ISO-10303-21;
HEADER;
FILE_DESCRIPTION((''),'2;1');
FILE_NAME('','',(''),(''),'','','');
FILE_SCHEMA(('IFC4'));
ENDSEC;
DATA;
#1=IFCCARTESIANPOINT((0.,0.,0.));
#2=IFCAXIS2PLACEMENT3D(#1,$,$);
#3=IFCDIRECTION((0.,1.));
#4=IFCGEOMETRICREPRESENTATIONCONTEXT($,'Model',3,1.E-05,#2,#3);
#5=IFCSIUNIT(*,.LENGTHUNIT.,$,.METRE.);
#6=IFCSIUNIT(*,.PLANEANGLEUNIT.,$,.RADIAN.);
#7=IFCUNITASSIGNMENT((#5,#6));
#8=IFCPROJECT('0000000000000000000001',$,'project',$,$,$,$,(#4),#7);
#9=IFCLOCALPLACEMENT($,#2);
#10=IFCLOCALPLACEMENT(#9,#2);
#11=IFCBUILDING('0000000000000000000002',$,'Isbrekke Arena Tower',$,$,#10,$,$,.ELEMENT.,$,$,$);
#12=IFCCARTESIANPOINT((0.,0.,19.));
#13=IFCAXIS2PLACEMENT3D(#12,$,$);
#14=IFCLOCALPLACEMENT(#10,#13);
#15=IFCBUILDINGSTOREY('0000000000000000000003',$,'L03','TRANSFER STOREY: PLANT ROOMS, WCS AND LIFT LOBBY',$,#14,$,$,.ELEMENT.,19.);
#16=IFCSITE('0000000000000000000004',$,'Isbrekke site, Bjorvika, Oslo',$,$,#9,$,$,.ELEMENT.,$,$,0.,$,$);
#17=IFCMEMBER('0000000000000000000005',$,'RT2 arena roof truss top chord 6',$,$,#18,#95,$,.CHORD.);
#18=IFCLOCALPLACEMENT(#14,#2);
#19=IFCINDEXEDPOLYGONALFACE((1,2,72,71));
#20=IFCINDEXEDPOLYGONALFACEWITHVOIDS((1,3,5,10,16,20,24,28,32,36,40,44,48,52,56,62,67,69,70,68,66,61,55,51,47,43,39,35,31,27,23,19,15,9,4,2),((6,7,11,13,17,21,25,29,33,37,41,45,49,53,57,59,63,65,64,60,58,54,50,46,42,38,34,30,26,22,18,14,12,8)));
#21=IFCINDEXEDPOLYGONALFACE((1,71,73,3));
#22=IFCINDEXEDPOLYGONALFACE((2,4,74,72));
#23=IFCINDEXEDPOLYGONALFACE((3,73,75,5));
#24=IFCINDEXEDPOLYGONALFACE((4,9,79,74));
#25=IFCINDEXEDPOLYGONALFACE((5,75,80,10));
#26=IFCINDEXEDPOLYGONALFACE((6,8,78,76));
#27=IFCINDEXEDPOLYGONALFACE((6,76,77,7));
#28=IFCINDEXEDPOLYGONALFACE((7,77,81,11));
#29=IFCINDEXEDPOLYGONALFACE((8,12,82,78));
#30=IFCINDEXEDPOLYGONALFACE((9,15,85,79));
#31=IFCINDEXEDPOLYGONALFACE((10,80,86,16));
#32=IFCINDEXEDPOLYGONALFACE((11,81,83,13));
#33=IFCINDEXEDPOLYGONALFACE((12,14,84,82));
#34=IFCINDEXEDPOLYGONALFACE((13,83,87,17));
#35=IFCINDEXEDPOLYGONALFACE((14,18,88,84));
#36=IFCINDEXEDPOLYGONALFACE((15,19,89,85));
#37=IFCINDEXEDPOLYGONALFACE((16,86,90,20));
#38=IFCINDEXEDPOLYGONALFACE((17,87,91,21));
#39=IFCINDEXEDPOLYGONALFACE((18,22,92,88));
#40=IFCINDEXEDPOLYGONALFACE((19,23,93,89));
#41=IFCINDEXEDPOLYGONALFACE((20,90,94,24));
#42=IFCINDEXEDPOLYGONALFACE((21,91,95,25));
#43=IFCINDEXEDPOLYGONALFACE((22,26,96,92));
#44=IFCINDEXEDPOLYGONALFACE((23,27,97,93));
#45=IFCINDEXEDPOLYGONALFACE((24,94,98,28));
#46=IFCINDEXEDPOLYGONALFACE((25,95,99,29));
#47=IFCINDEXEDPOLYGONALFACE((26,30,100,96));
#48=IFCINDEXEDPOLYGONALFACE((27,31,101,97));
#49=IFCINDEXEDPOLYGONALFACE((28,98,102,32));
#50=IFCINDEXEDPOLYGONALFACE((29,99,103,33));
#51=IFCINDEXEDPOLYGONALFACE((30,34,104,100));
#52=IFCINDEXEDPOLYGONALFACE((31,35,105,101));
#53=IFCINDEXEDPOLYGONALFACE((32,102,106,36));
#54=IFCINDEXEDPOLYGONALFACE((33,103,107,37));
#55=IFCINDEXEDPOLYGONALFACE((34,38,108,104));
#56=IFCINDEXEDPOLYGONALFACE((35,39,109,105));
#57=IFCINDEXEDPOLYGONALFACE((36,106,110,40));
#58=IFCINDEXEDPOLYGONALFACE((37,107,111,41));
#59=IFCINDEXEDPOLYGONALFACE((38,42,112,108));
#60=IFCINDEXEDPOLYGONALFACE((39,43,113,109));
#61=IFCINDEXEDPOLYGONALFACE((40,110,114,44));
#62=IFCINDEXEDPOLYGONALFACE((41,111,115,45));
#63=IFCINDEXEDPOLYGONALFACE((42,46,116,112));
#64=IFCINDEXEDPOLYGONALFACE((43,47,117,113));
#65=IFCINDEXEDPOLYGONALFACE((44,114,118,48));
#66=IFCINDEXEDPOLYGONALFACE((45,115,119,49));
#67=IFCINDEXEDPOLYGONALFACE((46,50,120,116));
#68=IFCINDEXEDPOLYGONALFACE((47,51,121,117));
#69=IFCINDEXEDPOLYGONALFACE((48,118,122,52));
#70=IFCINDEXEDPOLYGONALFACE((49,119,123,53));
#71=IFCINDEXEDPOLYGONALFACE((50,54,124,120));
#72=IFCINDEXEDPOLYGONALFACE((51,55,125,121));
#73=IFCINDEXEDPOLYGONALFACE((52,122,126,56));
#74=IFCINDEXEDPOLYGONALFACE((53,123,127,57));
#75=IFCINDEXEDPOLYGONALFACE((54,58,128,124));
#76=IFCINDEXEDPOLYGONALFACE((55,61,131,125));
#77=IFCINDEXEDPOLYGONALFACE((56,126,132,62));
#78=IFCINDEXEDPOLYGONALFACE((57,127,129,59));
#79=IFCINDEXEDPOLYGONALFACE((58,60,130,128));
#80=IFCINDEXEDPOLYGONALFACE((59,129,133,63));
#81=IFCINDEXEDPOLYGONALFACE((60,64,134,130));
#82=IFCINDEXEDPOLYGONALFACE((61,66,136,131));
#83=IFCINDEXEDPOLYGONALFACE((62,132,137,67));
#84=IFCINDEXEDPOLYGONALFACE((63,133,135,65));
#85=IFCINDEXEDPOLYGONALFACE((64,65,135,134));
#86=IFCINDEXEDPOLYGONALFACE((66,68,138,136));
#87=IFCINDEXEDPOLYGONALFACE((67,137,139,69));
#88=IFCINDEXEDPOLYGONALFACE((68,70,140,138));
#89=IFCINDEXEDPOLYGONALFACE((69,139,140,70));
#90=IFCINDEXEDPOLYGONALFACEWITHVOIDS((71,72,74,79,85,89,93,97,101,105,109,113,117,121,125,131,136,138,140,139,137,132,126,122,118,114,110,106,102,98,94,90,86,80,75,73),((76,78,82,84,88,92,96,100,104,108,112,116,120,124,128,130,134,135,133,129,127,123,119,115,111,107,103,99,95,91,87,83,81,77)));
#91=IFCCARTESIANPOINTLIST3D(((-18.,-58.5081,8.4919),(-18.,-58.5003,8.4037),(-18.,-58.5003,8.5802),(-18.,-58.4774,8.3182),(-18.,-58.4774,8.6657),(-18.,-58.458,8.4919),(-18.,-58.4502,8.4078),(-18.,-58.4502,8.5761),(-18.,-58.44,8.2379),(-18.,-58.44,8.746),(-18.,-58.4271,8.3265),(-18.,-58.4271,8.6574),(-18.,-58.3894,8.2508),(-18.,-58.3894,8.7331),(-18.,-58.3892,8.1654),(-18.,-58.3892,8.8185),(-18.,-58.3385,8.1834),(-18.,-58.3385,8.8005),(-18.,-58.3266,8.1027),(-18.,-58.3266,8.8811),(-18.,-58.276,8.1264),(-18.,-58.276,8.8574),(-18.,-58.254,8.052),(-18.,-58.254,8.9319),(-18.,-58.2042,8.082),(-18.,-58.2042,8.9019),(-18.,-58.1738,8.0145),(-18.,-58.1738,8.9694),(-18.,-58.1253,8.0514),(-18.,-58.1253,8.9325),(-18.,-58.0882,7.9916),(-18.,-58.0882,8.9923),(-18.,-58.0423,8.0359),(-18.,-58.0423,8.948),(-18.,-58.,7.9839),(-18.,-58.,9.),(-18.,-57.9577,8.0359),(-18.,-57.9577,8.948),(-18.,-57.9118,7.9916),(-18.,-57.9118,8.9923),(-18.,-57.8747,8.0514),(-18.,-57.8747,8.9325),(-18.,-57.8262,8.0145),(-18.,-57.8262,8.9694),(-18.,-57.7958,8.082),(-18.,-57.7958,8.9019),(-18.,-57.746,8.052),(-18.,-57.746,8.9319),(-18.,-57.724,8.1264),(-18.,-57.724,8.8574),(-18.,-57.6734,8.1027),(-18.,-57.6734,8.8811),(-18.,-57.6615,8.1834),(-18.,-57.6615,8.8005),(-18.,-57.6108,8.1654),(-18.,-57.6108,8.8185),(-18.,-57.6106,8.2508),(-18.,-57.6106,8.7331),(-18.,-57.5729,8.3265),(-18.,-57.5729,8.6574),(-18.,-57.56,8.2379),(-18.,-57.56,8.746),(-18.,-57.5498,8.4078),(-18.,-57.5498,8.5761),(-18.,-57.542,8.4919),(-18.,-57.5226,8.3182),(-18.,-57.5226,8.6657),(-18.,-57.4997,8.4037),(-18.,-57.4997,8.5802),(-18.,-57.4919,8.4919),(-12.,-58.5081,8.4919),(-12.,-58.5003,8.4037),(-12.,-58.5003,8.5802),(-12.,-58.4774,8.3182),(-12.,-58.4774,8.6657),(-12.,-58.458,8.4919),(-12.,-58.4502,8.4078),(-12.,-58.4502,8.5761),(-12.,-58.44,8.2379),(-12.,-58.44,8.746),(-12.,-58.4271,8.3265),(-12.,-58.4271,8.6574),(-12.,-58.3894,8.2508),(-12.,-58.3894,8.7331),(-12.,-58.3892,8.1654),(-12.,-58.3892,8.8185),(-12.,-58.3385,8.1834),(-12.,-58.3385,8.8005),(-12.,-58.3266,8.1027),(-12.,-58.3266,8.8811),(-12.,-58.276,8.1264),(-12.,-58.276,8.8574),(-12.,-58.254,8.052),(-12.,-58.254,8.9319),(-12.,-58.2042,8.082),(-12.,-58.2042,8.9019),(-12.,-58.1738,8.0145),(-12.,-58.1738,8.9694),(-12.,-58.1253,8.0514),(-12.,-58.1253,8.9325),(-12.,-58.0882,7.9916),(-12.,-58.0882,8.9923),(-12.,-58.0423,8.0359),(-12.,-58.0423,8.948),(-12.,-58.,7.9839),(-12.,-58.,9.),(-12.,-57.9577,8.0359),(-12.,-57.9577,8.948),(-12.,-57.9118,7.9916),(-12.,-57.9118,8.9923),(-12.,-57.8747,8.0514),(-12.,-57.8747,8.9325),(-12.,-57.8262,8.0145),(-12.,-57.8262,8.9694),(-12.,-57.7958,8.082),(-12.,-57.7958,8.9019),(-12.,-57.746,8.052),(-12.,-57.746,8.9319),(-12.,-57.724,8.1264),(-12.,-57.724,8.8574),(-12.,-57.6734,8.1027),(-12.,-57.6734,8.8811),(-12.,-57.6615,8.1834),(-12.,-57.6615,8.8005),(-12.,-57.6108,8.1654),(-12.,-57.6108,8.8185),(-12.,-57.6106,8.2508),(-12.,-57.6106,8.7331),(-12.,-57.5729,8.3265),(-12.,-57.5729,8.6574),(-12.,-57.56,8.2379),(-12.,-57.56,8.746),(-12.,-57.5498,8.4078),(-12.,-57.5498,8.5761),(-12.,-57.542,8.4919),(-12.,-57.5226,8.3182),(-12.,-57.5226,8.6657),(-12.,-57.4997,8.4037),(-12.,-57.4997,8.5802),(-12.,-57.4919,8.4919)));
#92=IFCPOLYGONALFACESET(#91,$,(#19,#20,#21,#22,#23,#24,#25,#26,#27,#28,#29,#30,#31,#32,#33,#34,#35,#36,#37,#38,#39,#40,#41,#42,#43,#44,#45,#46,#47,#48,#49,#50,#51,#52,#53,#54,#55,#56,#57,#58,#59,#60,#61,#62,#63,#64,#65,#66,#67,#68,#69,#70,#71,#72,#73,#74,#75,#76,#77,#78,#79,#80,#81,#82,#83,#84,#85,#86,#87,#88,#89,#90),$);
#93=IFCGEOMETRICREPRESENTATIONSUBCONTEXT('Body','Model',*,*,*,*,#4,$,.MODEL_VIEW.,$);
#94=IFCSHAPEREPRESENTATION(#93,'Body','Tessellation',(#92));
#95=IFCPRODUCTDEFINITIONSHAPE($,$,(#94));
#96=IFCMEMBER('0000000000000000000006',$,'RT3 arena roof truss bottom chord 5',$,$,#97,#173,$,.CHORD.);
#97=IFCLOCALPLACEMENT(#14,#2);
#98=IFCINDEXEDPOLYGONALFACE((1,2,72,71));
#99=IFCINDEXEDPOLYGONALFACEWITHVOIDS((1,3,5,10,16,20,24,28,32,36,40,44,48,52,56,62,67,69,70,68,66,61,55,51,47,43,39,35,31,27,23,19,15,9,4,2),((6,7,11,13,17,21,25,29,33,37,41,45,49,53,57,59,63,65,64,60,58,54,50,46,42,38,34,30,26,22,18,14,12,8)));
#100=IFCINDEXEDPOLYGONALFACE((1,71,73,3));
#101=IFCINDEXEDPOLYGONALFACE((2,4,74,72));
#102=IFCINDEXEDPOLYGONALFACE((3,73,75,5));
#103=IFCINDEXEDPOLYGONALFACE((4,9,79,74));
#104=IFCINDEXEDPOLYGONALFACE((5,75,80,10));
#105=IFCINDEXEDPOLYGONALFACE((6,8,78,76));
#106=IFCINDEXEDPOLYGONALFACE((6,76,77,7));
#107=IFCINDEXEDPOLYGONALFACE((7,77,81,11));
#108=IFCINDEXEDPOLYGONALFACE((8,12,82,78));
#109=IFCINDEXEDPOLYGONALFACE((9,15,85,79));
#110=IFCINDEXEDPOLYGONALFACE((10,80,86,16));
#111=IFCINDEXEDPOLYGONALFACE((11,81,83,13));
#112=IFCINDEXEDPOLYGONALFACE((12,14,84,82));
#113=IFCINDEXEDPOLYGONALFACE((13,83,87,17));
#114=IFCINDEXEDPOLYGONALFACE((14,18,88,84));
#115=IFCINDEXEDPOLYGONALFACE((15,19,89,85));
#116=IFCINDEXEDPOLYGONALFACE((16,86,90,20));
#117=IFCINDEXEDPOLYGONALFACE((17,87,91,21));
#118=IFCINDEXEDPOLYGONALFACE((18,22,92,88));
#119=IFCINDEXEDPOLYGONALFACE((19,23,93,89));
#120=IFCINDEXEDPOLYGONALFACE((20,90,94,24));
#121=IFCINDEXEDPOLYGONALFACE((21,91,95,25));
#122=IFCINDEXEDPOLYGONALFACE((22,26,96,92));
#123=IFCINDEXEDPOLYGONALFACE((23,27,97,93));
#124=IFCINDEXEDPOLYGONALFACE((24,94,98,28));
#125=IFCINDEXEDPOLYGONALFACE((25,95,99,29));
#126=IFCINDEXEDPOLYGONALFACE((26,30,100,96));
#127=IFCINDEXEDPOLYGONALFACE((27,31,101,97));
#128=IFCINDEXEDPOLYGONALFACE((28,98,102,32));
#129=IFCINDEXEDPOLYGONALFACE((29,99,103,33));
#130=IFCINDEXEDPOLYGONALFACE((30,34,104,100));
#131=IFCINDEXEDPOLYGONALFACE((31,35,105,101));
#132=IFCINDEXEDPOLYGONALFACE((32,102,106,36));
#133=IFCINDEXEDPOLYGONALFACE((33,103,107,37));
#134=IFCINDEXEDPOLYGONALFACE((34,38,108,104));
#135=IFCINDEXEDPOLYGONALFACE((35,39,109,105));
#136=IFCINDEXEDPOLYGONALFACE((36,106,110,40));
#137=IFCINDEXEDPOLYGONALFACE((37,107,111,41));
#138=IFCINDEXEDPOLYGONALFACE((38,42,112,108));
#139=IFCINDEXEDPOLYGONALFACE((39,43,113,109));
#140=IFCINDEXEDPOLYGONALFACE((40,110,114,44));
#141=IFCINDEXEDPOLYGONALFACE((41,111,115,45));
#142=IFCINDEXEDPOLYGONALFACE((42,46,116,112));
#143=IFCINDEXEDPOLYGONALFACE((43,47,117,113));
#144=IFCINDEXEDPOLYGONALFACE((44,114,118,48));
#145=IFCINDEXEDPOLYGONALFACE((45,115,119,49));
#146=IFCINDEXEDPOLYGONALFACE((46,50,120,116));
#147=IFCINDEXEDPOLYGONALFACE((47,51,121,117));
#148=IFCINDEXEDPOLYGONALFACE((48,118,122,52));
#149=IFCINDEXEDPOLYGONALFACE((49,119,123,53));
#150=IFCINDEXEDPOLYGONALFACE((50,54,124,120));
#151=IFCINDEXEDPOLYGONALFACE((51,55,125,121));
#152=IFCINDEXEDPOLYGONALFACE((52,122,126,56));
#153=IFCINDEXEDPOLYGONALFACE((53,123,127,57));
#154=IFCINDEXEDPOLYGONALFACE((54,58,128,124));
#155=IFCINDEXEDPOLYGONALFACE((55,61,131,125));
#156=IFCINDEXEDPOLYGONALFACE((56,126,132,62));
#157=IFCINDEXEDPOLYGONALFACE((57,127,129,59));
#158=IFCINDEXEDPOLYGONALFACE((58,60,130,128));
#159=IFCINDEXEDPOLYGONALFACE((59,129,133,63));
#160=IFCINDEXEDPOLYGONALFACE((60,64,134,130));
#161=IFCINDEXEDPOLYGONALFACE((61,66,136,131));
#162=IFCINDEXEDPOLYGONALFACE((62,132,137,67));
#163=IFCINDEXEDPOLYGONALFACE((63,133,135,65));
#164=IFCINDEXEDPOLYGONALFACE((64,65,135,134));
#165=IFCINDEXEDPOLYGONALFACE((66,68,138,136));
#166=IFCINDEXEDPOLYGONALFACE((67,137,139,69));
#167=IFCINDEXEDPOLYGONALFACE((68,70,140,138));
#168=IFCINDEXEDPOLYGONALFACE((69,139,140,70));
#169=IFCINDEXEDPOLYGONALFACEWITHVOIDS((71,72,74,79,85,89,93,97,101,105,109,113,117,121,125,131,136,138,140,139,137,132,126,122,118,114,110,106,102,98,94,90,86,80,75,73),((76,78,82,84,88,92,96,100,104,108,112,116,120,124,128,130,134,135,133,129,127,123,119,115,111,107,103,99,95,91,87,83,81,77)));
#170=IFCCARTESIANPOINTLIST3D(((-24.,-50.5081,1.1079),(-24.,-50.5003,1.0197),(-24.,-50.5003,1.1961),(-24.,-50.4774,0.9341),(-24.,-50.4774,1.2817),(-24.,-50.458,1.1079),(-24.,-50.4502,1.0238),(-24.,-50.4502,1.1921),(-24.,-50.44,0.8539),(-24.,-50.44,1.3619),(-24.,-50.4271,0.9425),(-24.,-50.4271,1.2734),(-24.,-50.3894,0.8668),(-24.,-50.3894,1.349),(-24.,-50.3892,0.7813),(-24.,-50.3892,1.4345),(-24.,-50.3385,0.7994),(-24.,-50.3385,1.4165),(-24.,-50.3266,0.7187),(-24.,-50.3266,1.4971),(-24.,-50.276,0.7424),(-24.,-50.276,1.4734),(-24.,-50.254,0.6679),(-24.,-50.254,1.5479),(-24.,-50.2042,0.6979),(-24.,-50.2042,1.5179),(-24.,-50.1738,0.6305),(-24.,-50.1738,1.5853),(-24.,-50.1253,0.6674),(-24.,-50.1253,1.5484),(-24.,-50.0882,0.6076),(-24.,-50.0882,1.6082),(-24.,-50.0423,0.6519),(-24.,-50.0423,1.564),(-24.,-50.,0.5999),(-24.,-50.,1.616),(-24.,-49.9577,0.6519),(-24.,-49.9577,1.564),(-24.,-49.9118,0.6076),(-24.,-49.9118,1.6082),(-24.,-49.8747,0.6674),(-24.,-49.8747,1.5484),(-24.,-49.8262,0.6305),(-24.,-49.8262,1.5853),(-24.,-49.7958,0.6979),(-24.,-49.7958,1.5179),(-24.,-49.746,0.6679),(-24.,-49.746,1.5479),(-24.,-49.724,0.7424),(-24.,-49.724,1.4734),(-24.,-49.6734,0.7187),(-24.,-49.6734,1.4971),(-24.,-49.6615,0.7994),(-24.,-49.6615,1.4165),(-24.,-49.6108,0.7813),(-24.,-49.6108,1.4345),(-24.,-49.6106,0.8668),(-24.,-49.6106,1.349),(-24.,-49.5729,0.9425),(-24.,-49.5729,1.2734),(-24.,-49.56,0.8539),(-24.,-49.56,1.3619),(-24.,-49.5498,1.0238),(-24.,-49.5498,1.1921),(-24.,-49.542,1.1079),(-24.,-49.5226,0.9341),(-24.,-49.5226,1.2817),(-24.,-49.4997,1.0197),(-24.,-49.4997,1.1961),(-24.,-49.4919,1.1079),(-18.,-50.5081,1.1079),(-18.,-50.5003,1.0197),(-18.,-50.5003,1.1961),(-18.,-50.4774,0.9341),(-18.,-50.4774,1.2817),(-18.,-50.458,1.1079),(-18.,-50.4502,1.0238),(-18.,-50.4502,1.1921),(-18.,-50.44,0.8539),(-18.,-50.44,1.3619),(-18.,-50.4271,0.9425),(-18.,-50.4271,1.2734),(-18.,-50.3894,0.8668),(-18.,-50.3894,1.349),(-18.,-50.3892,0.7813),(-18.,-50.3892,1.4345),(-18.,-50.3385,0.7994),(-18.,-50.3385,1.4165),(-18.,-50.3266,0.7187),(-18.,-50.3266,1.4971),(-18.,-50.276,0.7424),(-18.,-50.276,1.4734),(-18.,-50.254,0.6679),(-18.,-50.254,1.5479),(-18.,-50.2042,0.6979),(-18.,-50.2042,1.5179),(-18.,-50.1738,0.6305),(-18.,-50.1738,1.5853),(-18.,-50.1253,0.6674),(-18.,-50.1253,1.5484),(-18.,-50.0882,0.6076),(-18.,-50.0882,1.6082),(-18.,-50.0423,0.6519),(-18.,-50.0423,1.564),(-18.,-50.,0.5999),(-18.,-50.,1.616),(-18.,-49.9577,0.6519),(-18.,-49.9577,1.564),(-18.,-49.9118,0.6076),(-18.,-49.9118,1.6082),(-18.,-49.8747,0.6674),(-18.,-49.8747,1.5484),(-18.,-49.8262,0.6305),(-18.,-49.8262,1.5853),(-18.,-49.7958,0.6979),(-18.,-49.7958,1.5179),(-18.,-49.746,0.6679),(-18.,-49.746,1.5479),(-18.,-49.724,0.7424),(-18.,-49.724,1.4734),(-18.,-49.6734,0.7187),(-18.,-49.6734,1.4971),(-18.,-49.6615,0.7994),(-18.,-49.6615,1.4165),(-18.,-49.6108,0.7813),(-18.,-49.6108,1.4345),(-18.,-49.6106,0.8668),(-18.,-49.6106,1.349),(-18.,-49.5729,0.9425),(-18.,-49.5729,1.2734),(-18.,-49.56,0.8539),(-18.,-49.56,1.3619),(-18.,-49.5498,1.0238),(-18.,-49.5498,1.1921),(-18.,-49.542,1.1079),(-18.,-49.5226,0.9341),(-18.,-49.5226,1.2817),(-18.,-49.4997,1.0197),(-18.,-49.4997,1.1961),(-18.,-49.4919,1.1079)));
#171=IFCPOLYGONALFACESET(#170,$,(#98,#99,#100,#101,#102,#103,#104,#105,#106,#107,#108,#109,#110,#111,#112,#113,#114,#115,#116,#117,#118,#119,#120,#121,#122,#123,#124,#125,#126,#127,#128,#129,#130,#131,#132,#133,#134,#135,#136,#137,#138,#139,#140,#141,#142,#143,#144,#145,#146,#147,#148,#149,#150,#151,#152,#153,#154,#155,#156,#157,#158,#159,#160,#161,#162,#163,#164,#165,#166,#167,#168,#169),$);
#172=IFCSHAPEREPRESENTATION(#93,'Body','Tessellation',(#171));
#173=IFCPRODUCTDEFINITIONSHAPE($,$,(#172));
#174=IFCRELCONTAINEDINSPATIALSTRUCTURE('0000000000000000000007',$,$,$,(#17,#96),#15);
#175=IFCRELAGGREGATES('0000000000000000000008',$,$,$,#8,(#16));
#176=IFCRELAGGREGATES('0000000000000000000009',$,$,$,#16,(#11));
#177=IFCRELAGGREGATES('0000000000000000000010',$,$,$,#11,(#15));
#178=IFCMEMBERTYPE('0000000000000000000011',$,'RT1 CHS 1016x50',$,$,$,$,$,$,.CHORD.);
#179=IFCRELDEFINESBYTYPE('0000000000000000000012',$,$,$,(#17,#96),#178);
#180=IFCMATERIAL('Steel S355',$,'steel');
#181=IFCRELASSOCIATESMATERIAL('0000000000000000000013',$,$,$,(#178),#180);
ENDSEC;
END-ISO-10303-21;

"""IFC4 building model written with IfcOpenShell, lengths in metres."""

from ifc_helpers import new_model, si_unit, direction, frame, origin, origin_2d, place, context, subcontext, project, spatial, hollow_circle, extrude, material, material_profile, profile_set, type_object, element, save


model = new_model("IFC4")

# Units and contexts
model_context = context("Model", 3, precision=1e-05, world=origin(), true_north=direction((0.0, 1.0)))
body_context = subcontext(model_context, "Body", "Model", "MODEL_VIEW")
ifc_project = project(units=[si_unit("LENGTHUNIT", "METRE"), si_unit("PLANEANGLEUNIT", "RADIAN")], contexts=[model_context])

# Site, building, storey
site_placement = place(None, origin())
site = spatial("IfcSite", under=ifc_project, at=site_placement, Name="Isbrekke site, Bjorvika, Oslo", CompositionType="ELEMENT", RefElevation=0.0)
building_placement = place(site_placement, origin())
building = spatial("IfcBuilding", under=site, at=building_placement, Name="Isbrekke Arena Tower", CompositionType="ELEMENT")
storey_placement = place(building_placement, frame((0.0, 0.0, 19.0)))
storey = spatial("IfcBuildingStorey", under=building, at=storey_placement, Name="L03", Description="TRANSFER STOREY: PLANT ROOMS, WCS AND LIFT LOBBY", CompositionType="ELEMENT", Elevation=19.0)

# Members
ifc_material_1 = material(Name="Steel S355", Category="steel")
ifc_material_profile_1 = material_profile(ifc_material_1, hollow_circle(Radius=0.5081, WallThickness=0.05, at=origin_2d()), Name="CHS 1016x50")
ifc_profile_set_1 = profile_set([ifc_material_profile_1], Name="Steel S355")
member_type_1 = type_object("IfcMemberType", Name="RT1 CHS 1016x50", PredefinedType="CHORD", material=ifc_profile_set_1)
for number, where, z_axis, x_axis, name in (
    (1, (-18.0, -58.0, 8.4919), (1.0, 0.0, 0.0), (0.0, 1.0, 0.0), "RT2 arena roof truss top chord 6"),
    (2, (-24.0, -50.0, 1.1079), (1.0, 0.0, 0.0), (0.0, 1.0, 0.0), "RT3 arena roof truss bottom chord 5"),
):
    element("IfcMember", number, at=place(storey_placement, frame(where, z_axis=z_axis, x_axis=x_axis)), inside=storey, type_object=member_type_1, Name=name, PredefinedType="CHORD", context=body_context, shape_type="SweptSolid", body=[
        extrude(hollow_circle(Radius=0.5081, WallThickness=0.05, at=origin_2d()), origin(), (0.0, 0.0, 1.0), 6.0),
    ])

save(model, "model.ifc")
